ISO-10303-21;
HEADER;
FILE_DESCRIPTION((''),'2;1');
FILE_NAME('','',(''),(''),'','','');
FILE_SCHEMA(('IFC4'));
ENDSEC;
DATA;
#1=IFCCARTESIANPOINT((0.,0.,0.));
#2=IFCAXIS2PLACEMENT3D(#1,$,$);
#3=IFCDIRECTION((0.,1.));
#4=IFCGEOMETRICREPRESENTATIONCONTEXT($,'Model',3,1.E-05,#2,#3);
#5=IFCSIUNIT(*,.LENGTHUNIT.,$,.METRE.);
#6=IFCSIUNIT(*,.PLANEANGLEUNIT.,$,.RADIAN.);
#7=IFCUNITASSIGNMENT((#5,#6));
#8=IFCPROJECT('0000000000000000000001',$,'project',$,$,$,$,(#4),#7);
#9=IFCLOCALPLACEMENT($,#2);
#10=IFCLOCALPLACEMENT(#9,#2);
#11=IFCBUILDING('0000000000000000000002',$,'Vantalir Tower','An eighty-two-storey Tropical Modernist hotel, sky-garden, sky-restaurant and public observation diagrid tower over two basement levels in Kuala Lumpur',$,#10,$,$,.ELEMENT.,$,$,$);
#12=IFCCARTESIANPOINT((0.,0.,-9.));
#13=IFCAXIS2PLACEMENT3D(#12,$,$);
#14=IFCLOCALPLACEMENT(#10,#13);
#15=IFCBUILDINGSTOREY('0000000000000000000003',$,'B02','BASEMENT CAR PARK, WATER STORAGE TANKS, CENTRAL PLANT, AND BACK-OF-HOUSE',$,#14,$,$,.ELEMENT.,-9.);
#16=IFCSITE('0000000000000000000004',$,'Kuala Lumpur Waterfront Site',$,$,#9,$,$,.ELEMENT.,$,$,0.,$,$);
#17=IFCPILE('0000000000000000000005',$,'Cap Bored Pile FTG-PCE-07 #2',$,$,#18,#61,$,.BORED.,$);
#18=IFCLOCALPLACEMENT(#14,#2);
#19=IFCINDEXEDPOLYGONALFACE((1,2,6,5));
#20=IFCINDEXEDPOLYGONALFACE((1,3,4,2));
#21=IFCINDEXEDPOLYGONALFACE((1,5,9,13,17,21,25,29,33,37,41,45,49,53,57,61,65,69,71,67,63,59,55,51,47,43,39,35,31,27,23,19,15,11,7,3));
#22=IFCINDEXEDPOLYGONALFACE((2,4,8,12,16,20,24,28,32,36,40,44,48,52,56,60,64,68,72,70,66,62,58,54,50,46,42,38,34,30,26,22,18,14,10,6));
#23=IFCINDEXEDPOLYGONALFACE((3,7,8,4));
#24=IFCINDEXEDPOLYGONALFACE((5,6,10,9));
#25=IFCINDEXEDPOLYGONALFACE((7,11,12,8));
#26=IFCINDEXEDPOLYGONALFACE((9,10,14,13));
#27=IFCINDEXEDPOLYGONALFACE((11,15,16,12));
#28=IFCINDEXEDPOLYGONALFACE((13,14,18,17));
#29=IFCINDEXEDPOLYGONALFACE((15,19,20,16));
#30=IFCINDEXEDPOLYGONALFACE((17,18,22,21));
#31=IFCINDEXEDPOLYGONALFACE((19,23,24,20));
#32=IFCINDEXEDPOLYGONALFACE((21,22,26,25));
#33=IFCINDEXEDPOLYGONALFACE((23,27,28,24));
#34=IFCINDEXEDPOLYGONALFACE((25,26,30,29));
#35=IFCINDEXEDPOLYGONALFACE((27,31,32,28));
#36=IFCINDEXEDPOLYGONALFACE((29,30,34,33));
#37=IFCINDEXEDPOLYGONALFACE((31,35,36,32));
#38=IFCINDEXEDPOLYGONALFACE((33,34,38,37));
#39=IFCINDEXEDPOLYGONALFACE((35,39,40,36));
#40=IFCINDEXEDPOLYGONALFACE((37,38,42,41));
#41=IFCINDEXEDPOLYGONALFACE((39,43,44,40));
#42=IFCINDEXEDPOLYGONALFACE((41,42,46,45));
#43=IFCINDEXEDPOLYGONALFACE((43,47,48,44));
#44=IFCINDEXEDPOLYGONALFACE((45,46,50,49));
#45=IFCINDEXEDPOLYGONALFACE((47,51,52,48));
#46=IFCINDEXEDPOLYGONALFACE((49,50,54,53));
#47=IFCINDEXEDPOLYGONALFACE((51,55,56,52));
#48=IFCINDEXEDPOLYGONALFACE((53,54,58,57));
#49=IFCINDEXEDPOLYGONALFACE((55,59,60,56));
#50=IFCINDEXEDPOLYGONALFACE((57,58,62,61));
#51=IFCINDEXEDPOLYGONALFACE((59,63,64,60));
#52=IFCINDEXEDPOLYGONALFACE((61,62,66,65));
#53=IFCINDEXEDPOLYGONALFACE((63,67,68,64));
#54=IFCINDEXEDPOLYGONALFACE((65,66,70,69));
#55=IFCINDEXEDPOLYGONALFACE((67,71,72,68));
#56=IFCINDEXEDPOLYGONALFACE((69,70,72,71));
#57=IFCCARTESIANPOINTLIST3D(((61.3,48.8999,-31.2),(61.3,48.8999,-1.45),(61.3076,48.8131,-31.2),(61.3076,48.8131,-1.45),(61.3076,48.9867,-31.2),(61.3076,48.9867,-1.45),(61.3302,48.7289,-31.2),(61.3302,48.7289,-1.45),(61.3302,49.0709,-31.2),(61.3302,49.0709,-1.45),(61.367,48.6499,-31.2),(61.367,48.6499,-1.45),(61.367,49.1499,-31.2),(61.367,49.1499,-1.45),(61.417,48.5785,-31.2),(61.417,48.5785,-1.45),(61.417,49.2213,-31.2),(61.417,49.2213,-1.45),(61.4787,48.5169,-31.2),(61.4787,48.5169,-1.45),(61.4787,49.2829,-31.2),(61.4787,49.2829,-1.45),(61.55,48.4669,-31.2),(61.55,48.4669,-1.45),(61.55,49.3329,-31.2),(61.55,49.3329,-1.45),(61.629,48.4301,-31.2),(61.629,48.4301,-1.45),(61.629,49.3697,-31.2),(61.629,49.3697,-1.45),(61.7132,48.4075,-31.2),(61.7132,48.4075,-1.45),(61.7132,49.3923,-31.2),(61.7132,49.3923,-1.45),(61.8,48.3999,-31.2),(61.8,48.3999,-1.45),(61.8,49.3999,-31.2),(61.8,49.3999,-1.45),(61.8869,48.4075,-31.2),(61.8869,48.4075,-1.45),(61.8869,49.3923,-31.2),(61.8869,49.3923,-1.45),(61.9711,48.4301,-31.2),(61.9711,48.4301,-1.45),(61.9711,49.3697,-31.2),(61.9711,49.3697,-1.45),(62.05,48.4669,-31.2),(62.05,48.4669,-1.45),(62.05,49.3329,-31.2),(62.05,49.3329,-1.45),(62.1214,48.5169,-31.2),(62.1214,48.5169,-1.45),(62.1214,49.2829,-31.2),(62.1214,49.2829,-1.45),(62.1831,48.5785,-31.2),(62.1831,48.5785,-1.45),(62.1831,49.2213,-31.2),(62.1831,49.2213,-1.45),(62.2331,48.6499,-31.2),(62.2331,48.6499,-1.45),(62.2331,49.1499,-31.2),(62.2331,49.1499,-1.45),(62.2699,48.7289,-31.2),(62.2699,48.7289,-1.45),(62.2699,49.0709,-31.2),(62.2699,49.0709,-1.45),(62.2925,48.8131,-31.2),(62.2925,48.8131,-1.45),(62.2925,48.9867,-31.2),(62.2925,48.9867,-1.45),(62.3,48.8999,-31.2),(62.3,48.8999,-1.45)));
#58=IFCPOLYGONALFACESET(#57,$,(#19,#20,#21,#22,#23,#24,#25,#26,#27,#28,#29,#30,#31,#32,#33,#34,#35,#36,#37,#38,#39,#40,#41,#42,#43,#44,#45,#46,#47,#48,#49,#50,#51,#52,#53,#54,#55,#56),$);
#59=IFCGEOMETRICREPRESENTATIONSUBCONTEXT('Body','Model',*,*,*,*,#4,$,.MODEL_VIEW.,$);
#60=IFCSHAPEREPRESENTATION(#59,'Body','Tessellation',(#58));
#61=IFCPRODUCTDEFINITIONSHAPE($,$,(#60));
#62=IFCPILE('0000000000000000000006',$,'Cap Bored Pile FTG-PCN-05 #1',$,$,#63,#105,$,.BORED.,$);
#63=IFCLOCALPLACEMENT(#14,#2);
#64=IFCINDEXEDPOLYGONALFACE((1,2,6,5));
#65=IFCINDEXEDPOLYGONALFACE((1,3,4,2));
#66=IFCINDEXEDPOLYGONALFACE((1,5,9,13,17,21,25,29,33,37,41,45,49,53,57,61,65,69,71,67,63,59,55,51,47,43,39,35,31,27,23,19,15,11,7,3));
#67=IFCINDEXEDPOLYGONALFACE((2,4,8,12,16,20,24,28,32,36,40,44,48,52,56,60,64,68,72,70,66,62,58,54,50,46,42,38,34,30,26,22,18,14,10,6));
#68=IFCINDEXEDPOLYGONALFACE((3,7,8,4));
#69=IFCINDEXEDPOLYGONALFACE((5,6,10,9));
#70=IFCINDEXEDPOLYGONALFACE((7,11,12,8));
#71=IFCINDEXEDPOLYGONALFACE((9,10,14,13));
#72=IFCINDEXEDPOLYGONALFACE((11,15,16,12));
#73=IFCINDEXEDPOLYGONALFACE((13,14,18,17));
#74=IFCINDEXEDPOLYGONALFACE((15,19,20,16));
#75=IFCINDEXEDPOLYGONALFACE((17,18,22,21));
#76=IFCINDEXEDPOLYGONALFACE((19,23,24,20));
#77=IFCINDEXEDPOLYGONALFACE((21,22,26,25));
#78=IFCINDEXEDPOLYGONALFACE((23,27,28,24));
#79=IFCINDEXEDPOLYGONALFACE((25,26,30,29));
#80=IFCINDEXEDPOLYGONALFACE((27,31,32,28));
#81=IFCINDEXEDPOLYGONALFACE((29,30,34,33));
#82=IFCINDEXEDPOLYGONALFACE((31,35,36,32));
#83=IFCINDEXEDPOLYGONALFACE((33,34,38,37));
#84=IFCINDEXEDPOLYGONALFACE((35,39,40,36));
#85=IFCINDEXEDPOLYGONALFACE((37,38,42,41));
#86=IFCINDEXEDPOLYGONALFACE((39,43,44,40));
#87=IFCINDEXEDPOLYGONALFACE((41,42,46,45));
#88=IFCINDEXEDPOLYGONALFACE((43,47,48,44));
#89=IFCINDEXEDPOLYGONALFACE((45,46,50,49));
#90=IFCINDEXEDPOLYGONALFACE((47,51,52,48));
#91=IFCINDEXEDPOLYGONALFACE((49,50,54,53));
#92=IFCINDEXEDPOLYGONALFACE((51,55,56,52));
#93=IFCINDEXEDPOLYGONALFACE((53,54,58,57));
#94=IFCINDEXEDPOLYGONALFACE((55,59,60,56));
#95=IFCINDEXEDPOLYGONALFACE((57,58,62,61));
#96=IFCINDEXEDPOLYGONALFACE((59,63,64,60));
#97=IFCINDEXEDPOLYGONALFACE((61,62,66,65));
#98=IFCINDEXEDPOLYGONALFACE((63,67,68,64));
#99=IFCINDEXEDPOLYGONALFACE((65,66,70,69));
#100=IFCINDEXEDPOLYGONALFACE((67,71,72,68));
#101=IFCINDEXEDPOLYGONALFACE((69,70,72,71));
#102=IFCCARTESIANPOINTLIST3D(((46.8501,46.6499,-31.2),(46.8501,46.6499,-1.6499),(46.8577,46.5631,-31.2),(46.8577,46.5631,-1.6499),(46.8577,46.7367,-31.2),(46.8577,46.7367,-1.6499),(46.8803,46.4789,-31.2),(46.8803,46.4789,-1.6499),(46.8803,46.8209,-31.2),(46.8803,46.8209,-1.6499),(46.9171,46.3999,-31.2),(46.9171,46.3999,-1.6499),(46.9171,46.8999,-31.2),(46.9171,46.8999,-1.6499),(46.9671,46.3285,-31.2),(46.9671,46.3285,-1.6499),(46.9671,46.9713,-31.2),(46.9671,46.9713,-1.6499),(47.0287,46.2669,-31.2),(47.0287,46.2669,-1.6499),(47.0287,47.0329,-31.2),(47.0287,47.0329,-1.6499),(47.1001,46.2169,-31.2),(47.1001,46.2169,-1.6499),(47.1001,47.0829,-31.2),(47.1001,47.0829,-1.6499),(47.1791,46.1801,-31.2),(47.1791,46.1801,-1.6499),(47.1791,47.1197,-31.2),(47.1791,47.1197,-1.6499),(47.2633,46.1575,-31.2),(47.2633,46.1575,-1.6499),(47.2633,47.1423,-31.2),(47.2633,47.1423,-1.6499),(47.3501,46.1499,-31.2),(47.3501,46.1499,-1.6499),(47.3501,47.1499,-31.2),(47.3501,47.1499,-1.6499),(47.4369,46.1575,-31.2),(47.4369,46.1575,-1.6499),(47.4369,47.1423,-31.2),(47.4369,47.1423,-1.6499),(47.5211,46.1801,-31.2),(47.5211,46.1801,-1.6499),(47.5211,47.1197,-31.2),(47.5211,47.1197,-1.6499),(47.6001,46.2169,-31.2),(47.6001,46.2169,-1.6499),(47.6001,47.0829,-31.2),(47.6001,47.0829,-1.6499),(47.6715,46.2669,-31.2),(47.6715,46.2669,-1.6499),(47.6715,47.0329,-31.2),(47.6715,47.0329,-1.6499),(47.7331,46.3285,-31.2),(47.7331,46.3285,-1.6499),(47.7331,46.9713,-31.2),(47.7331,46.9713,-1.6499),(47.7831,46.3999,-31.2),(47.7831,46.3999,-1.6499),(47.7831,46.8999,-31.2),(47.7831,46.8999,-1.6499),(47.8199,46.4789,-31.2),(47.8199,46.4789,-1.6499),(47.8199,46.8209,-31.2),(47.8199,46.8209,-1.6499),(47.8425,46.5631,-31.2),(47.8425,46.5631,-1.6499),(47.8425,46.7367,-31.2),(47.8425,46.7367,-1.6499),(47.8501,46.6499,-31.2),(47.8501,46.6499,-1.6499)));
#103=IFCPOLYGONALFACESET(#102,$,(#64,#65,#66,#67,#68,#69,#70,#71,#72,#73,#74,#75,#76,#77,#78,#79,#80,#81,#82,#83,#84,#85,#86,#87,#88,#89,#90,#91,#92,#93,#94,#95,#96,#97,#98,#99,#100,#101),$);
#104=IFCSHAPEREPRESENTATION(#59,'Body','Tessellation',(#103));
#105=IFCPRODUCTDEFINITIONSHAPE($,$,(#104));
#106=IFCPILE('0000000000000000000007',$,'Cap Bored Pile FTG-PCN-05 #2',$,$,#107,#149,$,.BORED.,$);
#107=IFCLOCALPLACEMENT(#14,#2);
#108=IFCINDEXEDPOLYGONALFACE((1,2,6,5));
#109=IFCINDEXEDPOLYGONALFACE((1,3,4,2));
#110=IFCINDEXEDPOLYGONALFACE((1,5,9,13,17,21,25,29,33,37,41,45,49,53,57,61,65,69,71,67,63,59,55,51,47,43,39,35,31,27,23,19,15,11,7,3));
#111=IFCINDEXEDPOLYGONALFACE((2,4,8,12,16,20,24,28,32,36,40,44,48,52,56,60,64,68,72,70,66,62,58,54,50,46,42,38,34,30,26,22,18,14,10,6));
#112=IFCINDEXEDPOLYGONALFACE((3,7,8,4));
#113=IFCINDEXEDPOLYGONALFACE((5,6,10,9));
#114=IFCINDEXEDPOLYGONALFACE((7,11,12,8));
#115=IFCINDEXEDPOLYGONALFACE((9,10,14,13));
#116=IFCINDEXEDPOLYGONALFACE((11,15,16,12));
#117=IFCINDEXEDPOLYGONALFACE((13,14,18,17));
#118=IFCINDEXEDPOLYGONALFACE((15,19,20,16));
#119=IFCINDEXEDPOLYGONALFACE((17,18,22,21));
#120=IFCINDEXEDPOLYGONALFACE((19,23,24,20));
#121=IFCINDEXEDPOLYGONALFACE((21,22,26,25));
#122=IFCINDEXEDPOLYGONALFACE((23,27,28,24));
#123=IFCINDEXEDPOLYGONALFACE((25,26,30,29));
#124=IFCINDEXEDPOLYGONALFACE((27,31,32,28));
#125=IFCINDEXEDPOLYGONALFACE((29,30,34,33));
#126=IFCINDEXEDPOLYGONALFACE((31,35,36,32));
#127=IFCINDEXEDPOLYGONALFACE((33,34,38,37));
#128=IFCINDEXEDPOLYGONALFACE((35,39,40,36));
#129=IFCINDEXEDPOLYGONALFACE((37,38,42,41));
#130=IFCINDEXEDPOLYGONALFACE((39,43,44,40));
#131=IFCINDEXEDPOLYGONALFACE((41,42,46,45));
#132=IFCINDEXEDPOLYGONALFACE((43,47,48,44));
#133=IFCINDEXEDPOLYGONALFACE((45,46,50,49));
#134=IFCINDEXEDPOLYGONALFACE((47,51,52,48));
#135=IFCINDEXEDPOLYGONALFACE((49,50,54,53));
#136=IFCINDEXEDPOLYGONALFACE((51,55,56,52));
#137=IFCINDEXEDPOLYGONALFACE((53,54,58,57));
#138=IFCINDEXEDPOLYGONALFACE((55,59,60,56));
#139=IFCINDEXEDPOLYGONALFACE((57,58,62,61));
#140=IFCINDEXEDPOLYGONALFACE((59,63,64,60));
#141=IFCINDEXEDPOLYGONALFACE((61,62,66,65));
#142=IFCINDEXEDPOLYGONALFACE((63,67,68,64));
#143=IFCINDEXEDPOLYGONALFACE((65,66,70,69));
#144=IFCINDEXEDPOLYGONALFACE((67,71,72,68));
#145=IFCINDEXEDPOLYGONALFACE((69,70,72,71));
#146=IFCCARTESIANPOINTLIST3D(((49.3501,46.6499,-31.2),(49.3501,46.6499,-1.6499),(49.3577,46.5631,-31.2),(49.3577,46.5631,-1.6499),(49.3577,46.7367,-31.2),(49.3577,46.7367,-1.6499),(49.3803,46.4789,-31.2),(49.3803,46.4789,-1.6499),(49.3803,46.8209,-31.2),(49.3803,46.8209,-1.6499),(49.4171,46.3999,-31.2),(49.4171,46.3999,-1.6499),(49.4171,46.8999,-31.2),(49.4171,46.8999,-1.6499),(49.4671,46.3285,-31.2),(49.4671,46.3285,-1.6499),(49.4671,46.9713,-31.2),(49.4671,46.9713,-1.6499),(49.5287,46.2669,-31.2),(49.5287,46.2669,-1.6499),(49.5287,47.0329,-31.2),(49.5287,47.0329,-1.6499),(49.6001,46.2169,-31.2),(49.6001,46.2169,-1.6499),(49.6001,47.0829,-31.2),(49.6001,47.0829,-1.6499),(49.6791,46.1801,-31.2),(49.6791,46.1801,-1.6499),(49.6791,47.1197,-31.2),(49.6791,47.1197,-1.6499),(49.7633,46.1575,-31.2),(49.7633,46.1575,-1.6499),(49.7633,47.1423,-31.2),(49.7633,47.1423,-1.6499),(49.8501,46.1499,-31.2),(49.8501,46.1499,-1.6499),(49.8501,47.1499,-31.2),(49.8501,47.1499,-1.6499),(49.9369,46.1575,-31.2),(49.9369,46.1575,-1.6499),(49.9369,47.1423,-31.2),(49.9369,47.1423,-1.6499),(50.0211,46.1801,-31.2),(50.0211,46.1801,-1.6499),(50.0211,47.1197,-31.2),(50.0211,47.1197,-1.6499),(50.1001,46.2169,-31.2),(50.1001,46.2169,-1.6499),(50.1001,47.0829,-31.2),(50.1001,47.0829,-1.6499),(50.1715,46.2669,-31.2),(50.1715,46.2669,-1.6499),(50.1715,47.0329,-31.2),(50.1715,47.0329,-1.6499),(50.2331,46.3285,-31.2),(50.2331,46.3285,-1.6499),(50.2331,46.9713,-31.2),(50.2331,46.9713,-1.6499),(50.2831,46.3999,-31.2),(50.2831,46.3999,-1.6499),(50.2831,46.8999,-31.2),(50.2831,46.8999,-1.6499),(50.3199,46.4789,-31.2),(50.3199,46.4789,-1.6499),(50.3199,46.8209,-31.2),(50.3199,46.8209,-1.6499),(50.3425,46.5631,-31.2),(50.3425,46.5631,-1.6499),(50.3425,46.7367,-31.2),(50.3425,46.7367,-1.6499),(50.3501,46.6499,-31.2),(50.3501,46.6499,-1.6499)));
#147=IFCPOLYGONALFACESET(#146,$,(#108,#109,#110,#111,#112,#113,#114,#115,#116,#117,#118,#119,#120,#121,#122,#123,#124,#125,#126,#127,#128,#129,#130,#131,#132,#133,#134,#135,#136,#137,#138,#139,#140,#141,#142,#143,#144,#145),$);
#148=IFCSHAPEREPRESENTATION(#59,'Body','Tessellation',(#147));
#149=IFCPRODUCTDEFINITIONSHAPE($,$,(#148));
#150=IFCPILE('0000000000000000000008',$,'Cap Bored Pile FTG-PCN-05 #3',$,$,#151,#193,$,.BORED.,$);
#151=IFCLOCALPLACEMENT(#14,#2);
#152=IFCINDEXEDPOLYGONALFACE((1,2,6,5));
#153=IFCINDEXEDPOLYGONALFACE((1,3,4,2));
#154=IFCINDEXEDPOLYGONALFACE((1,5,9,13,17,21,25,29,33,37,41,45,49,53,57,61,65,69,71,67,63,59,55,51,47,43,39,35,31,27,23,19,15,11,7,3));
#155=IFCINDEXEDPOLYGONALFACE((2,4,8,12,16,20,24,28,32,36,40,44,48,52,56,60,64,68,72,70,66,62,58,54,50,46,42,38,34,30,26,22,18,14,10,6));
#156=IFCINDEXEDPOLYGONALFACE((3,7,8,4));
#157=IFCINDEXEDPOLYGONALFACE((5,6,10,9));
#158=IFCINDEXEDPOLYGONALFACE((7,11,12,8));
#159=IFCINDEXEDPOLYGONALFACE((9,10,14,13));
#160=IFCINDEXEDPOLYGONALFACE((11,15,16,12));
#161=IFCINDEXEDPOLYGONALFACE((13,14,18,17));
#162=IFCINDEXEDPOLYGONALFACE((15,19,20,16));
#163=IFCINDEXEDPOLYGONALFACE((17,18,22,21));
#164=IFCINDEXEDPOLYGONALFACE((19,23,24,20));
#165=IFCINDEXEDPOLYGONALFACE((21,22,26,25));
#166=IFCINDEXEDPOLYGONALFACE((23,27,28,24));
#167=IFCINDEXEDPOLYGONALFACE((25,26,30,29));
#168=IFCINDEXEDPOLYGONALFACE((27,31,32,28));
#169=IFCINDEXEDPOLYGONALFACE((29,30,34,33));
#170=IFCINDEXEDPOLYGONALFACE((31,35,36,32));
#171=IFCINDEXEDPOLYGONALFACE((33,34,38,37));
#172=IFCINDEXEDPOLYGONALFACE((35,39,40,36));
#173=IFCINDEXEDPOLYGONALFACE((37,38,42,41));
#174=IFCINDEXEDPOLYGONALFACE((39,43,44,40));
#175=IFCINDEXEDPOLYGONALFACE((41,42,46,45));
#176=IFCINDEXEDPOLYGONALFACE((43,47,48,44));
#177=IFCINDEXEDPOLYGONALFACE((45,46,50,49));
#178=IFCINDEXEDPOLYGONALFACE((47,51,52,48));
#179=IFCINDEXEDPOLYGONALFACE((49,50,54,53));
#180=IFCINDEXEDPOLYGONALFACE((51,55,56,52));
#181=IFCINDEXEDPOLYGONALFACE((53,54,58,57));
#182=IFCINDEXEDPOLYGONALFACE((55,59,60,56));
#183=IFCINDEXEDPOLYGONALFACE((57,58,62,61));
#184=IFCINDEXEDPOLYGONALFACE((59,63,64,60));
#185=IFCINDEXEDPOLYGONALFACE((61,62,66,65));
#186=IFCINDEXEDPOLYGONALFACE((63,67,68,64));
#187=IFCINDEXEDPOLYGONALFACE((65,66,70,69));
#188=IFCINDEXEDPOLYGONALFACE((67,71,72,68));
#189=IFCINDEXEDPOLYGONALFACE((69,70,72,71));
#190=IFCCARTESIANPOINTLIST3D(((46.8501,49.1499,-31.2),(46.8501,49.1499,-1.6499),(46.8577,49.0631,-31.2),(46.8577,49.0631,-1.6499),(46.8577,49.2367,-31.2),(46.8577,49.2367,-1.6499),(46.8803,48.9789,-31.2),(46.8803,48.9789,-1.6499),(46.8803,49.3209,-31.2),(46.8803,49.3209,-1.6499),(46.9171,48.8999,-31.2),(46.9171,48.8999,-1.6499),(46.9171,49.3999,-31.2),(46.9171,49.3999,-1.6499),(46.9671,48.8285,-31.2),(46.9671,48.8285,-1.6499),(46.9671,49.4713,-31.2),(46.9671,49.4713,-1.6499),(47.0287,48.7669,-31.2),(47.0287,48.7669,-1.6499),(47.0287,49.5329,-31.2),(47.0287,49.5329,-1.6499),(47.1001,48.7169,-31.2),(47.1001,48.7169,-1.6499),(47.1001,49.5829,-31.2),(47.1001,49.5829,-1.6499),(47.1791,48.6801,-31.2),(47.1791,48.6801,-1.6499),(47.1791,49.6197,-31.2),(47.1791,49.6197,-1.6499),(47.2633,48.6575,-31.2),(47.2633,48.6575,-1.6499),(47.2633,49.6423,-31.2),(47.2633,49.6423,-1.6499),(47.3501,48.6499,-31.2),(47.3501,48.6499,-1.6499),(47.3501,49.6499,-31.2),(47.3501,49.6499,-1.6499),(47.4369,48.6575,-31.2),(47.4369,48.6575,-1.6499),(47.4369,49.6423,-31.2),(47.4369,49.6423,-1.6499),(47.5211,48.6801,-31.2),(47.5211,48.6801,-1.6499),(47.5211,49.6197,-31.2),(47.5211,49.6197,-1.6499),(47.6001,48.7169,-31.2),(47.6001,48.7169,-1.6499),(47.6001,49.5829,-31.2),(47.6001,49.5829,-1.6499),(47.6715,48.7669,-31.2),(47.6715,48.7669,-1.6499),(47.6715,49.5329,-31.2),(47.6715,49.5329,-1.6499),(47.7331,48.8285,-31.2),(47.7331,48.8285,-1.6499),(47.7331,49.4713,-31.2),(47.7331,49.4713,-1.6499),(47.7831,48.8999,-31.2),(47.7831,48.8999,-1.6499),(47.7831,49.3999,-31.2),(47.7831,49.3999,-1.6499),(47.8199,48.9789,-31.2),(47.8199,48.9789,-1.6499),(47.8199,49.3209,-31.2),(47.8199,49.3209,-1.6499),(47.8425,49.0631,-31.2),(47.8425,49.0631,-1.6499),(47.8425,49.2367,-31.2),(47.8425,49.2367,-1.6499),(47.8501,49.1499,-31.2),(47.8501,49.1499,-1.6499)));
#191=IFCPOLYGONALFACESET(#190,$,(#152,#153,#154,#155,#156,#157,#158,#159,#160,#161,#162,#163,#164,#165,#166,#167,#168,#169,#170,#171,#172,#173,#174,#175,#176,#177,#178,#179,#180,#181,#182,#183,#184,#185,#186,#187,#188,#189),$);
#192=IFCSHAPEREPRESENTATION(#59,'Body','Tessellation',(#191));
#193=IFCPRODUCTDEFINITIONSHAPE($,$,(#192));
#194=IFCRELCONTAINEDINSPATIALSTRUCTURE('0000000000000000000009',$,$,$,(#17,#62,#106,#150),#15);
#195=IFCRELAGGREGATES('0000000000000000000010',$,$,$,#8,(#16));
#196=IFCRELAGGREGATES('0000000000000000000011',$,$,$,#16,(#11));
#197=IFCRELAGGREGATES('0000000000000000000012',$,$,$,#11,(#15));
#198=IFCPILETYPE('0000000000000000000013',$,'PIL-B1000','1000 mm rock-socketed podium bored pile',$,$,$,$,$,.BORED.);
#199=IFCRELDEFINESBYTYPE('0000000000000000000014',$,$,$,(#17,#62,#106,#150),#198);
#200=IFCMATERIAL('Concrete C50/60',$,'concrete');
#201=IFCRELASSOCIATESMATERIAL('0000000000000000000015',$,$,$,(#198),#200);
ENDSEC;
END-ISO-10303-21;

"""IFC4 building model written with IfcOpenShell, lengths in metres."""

from ifc_helpers import new_model, si_unit, direction, frame, origin, origin_2d, place, context, subcontext, project, spatial, circle, extrude, material, material_profile, profile_set, type_object, element, save


model = new_model("IFC4")

# Units and contexts
model_context = context("Model", 3, precision=1e-05, world=origin(), true_north=direction((0.0, 1.0)))
body_context = subcontext(model_context, "Body", "Model", "MODEL_VIEW")
ifc_project = project(units=[si_unit("LENGTHUNIT", "METRE"), si_unit("PLANEANGLEUNIT", "RADIAN")], contexts=[model_context])

# Site, building, storey
site_placement = place(None, origin())
site = spatial("IfcSite", under=ifc_project, at=site_placement, Name="Kuala Lumpur Waterfront Site", CompositionType="ELEMENT", RefElevation=0.0)
building_placement = place(site_placement, origin())
building = spatial("IfcBuilding", under=site, at=building_placement, Name="Vantalir Tower", Description="An eighty-two-storey Tropical Modernist hotel, sky-garden, sky-restaurant and public observation diagrid tower over two basement levels in Kuala Lumpur", CompositionType="ELEMENT")
storey_placement = place(building_placement, frame((0.0, 0.0, -9.0)))
storey = spatial("IfcBuildingStorey", under=building, at=storey_placement, Name="B02", Description="BASEMENT CAR PARK, WATER STORAGE TANKS, CENTRAL PLANT, AND BACK-OF-HOUSE", CompositionType="ELEMENT", Elevation=-9.0)

# Shared definitions
ifc_material_1 = material(Name="Concrete C50/60", Category="concrete")

# Piles
ifc_material_profile_1 = material_profile(ifc_material_1, circle(Radius=0.5, at=origin_2d()), Name="Concrete C50/60")
ifc_profile_set_1 = profile_set([ifc_material_profile_1], Name="Concrete C50/60")
pile_type_1 = type_object("IfcPileType", Name="PIL-B1000", Description="1000 mm rock-socketed podium bored pile", PredefinedType="BORED", material=ifc_profile_set_1)
for number, where, z_axis, x_axis, name in (
    (1, (61.8, 48.8999, -1.45), (0.0, 0.0, -1.0), (1.0, 0.0, 0.0), "Cap Bored Pile FTG-PCE-07 #2"),
):
    element("IfcPile", number, at=place(storey_placement, frame(where, z_axis=z_axis, x_axis=x_axis)), inside=storey, type_object=pile_type_1, Name=name, PredefinedType="BORED", context=body_context, shape_type="SweptSolid", body=[
        extrude(circle(Radius=0.5, at=origin_2d()), origin(), (0.0, 0.0, 1.0), 29.75),
    ])
for number, where, z_axis, x_axis, name in (
    (2, (47.3501, 46.6499, -1.6499), (0.0, 0.0, -1.0), (1.0, 0.0, 0.0), "Cap Bored Pile FTG-PCN-05 #1"),
    (3, (49.8501, 46.6499, -1.6499), (0.0, 0.0, -1.0), (1.0, 0.0, 0.0), "Cap Bored Pile FTG-PCN-05 #2"),
    (4, (47.3501, 49.1499, -1.6499), (0.0, 0.0, -1.0), (1.0, 0.0, 0.0), "Cap Bored Pile FTG-PCN-05 #3"),
):
    element("IfcPile", number, at=place(storey_placement, frame(where, z_axis=z_axis, x_axis=x_axis)), inside=storey, type_object=pile_type_1, Name=name, PredefinedType="BORED", context=body_context, shape_type="SweptSolid", body=[
        extrude(circle(Radius=0.5, at=origin_2d()), origin(), (0.0, 0.0, 1.0), 29.55),
    ])

save(model, "model.ifc")
